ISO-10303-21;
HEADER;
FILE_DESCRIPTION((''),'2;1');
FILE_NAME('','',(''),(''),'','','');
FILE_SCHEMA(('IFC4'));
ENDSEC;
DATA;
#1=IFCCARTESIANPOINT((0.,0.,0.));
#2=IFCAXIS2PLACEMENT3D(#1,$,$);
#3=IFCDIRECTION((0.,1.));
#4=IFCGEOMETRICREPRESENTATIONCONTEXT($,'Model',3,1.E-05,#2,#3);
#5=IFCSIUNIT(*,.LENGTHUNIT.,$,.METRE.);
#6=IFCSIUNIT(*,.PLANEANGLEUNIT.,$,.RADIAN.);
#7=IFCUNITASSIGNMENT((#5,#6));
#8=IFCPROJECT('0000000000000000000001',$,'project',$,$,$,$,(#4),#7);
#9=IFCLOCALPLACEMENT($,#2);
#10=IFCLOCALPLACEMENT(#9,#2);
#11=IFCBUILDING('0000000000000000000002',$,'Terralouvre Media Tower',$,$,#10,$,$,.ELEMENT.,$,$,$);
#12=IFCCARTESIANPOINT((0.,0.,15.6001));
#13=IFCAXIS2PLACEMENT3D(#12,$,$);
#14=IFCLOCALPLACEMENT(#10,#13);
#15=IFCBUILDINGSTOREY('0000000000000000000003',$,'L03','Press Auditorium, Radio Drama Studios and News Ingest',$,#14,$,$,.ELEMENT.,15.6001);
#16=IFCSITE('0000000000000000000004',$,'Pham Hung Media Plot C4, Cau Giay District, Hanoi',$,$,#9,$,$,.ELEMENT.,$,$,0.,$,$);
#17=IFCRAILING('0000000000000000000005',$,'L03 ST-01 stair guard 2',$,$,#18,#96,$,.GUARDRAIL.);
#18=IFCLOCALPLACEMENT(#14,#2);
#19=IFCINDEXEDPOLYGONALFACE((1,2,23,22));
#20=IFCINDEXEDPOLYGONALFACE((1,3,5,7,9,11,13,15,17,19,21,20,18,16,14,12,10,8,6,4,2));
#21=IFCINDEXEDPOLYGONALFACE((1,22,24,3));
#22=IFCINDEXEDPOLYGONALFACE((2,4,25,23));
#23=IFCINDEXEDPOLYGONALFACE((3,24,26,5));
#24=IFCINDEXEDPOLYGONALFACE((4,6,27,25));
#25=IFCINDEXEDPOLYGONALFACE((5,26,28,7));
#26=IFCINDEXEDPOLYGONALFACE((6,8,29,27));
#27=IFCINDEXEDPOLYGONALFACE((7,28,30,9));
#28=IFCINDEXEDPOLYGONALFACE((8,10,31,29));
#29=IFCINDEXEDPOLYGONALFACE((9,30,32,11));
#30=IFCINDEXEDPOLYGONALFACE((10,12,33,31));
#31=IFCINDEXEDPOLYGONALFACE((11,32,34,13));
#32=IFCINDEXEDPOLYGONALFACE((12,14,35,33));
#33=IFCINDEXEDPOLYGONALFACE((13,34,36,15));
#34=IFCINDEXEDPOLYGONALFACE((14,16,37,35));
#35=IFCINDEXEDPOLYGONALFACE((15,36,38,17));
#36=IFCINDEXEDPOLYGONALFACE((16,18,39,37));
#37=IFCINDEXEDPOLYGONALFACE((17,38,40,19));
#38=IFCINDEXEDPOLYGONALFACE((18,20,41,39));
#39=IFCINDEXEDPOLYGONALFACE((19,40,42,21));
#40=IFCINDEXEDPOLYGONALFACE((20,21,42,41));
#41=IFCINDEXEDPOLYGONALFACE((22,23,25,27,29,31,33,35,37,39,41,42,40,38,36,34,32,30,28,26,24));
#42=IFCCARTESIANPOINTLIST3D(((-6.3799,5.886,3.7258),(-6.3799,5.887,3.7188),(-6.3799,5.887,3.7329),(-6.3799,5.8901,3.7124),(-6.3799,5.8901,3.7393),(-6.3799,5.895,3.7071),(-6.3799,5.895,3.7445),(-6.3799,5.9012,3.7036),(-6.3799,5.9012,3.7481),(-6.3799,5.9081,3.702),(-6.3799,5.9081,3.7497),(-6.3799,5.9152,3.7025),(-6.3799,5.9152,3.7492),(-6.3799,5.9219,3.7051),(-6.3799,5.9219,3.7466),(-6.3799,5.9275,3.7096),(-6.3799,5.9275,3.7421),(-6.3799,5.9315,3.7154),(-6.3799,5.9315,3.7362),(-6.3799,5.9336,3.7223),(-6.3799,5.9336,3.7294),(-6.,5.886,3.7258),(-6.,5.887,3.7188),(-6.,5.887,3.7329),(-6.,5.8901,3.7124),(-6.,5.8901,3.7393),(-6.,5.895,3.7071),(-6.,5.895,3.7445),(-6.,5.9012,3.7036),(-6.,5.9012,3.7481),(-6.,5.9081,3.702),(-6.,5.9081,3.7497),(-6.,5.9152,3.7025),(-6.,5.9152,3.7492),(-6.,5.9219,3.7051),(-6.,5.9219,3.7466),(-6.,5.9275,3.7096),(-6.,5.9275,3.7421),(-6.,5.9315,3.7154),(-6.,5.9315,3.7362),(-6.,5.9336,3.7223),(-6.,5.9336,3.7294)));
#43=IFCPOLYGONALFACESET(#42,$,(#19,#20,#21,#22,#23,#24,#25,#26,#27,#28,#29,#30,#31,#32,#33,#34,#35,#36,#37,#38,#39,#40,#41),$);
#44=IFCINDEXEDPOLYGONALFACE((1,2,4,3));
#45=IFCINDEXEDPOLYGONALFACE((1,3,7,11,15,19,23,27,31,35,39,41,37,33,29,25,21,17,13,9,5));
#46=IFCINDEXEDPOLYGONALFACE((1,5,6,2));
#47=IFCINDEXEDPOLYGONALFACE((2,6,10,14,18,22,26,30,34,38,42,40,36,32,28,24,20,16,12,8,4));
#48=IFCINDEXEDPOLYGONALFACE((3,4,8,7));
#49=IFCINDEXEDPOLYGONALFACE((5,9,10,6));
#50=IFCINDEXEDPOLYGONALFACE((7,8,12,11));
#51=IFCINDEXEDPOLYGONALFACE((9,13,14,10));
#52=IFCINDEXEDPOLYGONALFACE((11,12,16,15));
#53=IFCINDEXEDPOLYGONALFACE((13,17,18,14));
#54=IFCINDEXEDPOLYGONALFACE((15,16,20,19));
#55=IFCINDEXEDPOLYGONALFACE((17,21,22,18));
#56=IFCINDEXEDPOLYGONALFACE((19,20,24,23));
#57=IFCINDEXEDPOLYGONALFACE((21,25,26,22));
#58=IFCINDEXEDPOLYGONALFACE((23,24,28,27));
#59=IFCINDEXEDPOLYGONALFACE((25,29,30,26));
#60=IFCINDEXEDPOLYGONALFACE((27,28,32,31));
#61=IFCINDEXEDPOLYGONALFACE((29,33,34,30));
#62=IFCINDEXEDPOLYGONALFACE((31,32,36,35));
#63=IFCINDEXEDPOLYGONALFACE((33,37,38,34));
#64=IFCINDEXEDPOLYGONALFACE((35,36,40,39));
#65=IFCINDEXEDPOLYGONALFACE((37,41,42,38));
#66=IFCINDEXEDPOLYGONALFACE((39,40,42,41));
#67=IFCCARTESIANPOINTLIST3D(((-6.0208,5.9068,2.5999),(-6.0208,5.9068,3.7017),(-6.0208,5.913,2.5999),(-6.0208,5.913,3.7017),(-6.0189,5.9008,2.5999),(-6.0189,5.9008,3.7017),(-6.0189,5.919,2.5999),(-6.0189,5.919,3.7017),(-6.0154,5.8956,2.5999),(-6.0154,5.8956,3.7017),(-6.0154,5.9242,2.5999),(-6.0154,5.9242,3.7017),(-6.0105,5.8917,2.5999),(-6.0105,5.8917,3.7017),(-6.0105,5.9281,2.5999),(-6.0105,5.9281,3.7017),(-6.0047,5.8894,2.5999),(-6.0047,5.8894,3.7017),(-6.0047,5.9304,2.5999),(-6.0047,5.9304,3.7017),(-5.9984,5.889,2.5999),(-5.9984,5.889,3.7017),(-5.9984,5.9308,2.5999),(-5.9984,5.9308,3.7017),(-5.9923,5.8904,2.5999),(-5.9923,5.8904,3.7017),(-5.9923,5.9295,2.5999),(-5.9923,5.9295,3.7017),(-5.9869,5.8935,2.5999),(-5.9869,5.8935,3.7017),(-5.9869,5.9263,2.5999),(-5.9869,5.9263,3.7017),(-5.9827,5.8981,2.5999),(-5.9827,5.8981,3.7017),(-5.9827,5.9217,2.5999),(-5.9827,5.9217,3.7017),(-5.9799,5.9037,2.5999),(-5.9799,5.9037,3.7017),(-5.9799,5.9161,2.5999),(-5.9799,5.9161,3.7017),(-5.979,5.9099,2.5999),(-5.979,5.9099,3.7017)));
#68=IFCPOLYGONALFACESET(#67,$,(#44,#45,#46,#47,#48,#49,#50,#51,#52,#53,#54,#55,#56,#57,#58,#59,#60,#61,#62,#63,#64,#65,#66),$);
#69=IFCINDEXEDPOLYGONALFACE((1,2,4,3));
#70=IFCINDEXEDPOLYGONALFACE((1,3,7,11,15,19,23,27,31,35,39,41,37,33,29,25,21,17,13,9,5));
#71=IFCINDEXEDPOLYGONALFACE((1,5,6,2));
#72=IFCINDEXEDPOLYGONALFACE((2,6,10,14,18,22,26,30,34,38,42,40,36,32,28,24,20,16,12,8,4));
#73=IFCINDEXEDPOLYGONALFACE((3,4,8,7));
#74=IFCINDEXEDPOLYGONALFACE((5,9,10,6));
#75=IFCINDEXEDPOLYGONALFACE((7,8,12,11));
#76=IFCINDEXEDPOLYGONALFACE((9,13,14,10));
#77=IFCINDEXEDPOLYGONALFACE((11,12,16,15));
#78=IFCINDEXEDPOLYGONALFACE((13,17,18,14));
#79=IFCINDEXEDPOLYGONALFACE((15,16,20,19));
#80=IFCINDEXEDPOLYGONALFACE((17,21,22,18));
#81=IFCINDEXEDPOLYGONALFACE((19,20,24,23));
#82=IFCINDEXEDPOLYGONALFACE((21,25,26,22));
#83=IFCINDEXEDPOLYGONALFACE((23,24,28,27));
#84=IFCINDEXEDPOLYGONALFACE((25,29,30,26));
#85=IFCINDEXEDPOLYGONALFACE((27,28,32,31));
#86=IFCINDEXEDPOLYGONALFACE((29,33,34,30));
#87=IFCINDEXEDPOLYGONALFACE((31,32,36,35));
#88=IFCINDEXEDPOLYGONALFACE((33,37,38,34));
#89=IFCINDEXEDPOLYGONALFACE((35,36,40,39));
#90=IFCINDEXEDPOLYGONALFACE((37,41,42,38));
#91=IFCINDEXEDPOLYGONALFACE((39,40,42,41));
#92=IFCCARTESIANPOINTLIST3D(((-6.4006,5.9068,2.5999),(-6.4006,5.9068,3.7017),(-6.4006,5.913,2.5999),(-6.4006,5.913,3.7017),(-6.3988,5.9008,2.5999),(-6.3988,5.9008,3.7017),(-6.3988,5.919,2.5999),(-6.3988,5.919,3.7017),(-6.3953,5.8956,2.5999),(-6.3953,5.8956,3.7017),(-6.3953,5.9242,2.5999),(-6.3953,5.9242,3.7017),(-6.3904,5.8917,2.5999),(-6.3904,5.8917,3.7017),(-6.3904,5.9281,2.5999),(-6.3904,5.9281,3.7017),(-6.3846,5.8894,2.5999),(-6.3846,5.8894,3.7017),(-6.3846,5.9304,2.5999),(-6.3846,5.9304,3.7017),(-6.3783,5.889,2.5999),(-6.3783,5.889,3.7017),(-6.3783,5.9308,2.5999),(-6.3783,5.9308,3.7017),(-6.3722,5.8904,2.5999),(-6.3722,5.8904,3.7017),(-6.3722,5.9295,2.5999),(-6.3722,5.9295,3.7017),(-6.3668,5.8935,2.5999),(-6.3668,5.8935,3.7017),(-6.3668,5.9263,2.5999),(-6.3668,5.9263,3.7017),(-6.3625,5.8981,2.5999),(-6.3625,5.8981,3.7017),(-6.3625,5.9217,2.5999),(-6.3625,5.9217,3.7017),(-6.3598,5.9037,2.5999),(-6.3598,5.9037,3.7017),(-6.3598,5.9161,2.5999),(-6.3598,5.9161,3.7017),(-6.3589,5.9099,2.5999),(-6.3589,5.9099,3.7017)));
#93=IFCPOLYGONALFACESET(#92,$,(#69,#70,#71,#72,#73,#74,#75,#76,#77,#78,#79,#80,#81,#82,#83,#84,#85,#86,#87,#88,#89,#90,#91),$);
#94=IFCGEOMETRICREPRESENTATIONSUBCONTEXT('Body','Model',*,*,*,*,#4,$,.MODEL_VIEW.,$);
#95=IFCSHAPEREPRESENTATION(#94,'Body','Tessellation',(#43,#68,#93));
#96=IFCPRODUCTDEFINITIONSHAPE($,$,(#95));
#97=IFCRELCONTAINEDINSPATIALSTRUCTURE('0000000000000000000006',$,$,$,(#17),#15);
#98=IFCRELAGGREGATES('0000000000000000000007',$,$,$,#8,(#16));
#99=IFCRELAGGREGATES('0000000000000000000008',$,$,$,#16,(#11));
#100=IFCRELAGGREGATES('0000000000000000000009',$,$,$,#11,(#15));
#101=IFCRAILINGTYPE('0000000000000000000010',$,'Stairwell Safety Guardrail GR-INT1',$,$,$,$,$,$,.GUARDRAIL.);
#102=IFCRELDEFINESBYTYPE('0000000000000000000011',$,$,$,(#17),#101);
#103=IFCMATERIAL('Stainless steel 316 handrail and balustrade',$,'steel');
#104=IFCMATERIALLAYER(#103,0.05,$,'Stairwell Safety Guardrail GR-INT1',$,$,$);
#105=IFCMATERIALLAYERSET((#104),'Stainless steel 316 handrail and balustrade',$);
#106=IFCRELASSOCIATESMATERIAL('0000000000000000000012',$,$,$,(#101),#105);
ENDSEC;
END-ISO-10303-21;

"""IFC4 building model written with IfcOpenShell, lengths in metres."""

from ifc_helpers import new_model, si_unit, direction, frame, origin, origin_2d, place, context, subcontext, project, spatial, circle, extrude, material, layer, layer_set, type_object, element, save


model = new_model("IFC4")

# Units and contexts
model_context = context("Model", 3, precision=1e-05, world=origin(), true_north=direction((0.0, 1.0)))
body_context = subcontext(model_context, "Body", "Model", "MODEL_VIEW")
ifc_project = project(units=[si_unit("LENGTHUNIT", "METRE"), si_unit("PLANEANGLEUNIT", "RADIAN")], contexts=[model_context])

# Site, building, storey
site_placement = place(None, origin())
site = spatial("IfcSite", under=ifc_project, at=site_placement, Name="Pham Hung Media Plot C4, Cau Giay District, Hanoi", CompositionType="ELEMENT", RefElevation=0.0)
building_placement = place(site_placement, origin())
building = spatial("IfcBuilding", under=site, at=building_placement, Name="Terralouvre Media Tower", CompositionType="ELEMENT")
storey_placement = place(building_placement, frame((0.0, 0.0, 15.6001)))
storey = spatial("IfcBuildingStorey", under=building, at=storey_placement, Name="L03", Description="Press Auditorium, Radio Drama Studios and News Ingest", CompositionType="ELEMENT", Elevation=15.6001)

# Railing
ifc_material_1 = material(Name="Stainless steel 316 handrail and balustrade", Category="steel")
ifc_layer_1 = layer(ifc_material_1, 0.05, Name="Stairwell Safety Guardrail GR-INT1")
ifc_layer_set_1 = layer_set([ifc_layer_1], Name="Stainless steel 316 handrail and balustrade")
railing_type_1 = type_object("IfcRailingType", Name="Stairwell Safety Guardrail GR-INT1", PredefinedType="GUARDRAIL", material=ifc_layer_set_1)
railing_1_placement = place(storey_placement, frame((-6.0, 5.9099, 2.5999)))
element("IfcRailing", 1, at=railing_1_placement, inside=storey, type_object=railing_type_1, Name="L03 ST-01 stair guard 2", PredefinedType="GUARDRAIL", context=body_context, shape_type="SweptSolid", body=[
    extrude(circle(Radius=0.0239, at=origin_2d()), frame((0.0, 0.0, 1.126), z_axis=(-1.0, 0.0, 0.0), x_axis=(0.0, -1.0, 0.0)), (0.0, 0.0, 1.0), 0.3799),
    extrude(circle(Radius=0.021, at=origin_2d()), origin(), (0.0, 0.0, 1.0), 1.1018),
    extrude(circle(Radius=0.021, at=origin_2d()), frame((-0.3799, 0.0, 0.0)), (0.0, 0.0, 1.0), 1.1018),
])

save(model, "model.ifc")
